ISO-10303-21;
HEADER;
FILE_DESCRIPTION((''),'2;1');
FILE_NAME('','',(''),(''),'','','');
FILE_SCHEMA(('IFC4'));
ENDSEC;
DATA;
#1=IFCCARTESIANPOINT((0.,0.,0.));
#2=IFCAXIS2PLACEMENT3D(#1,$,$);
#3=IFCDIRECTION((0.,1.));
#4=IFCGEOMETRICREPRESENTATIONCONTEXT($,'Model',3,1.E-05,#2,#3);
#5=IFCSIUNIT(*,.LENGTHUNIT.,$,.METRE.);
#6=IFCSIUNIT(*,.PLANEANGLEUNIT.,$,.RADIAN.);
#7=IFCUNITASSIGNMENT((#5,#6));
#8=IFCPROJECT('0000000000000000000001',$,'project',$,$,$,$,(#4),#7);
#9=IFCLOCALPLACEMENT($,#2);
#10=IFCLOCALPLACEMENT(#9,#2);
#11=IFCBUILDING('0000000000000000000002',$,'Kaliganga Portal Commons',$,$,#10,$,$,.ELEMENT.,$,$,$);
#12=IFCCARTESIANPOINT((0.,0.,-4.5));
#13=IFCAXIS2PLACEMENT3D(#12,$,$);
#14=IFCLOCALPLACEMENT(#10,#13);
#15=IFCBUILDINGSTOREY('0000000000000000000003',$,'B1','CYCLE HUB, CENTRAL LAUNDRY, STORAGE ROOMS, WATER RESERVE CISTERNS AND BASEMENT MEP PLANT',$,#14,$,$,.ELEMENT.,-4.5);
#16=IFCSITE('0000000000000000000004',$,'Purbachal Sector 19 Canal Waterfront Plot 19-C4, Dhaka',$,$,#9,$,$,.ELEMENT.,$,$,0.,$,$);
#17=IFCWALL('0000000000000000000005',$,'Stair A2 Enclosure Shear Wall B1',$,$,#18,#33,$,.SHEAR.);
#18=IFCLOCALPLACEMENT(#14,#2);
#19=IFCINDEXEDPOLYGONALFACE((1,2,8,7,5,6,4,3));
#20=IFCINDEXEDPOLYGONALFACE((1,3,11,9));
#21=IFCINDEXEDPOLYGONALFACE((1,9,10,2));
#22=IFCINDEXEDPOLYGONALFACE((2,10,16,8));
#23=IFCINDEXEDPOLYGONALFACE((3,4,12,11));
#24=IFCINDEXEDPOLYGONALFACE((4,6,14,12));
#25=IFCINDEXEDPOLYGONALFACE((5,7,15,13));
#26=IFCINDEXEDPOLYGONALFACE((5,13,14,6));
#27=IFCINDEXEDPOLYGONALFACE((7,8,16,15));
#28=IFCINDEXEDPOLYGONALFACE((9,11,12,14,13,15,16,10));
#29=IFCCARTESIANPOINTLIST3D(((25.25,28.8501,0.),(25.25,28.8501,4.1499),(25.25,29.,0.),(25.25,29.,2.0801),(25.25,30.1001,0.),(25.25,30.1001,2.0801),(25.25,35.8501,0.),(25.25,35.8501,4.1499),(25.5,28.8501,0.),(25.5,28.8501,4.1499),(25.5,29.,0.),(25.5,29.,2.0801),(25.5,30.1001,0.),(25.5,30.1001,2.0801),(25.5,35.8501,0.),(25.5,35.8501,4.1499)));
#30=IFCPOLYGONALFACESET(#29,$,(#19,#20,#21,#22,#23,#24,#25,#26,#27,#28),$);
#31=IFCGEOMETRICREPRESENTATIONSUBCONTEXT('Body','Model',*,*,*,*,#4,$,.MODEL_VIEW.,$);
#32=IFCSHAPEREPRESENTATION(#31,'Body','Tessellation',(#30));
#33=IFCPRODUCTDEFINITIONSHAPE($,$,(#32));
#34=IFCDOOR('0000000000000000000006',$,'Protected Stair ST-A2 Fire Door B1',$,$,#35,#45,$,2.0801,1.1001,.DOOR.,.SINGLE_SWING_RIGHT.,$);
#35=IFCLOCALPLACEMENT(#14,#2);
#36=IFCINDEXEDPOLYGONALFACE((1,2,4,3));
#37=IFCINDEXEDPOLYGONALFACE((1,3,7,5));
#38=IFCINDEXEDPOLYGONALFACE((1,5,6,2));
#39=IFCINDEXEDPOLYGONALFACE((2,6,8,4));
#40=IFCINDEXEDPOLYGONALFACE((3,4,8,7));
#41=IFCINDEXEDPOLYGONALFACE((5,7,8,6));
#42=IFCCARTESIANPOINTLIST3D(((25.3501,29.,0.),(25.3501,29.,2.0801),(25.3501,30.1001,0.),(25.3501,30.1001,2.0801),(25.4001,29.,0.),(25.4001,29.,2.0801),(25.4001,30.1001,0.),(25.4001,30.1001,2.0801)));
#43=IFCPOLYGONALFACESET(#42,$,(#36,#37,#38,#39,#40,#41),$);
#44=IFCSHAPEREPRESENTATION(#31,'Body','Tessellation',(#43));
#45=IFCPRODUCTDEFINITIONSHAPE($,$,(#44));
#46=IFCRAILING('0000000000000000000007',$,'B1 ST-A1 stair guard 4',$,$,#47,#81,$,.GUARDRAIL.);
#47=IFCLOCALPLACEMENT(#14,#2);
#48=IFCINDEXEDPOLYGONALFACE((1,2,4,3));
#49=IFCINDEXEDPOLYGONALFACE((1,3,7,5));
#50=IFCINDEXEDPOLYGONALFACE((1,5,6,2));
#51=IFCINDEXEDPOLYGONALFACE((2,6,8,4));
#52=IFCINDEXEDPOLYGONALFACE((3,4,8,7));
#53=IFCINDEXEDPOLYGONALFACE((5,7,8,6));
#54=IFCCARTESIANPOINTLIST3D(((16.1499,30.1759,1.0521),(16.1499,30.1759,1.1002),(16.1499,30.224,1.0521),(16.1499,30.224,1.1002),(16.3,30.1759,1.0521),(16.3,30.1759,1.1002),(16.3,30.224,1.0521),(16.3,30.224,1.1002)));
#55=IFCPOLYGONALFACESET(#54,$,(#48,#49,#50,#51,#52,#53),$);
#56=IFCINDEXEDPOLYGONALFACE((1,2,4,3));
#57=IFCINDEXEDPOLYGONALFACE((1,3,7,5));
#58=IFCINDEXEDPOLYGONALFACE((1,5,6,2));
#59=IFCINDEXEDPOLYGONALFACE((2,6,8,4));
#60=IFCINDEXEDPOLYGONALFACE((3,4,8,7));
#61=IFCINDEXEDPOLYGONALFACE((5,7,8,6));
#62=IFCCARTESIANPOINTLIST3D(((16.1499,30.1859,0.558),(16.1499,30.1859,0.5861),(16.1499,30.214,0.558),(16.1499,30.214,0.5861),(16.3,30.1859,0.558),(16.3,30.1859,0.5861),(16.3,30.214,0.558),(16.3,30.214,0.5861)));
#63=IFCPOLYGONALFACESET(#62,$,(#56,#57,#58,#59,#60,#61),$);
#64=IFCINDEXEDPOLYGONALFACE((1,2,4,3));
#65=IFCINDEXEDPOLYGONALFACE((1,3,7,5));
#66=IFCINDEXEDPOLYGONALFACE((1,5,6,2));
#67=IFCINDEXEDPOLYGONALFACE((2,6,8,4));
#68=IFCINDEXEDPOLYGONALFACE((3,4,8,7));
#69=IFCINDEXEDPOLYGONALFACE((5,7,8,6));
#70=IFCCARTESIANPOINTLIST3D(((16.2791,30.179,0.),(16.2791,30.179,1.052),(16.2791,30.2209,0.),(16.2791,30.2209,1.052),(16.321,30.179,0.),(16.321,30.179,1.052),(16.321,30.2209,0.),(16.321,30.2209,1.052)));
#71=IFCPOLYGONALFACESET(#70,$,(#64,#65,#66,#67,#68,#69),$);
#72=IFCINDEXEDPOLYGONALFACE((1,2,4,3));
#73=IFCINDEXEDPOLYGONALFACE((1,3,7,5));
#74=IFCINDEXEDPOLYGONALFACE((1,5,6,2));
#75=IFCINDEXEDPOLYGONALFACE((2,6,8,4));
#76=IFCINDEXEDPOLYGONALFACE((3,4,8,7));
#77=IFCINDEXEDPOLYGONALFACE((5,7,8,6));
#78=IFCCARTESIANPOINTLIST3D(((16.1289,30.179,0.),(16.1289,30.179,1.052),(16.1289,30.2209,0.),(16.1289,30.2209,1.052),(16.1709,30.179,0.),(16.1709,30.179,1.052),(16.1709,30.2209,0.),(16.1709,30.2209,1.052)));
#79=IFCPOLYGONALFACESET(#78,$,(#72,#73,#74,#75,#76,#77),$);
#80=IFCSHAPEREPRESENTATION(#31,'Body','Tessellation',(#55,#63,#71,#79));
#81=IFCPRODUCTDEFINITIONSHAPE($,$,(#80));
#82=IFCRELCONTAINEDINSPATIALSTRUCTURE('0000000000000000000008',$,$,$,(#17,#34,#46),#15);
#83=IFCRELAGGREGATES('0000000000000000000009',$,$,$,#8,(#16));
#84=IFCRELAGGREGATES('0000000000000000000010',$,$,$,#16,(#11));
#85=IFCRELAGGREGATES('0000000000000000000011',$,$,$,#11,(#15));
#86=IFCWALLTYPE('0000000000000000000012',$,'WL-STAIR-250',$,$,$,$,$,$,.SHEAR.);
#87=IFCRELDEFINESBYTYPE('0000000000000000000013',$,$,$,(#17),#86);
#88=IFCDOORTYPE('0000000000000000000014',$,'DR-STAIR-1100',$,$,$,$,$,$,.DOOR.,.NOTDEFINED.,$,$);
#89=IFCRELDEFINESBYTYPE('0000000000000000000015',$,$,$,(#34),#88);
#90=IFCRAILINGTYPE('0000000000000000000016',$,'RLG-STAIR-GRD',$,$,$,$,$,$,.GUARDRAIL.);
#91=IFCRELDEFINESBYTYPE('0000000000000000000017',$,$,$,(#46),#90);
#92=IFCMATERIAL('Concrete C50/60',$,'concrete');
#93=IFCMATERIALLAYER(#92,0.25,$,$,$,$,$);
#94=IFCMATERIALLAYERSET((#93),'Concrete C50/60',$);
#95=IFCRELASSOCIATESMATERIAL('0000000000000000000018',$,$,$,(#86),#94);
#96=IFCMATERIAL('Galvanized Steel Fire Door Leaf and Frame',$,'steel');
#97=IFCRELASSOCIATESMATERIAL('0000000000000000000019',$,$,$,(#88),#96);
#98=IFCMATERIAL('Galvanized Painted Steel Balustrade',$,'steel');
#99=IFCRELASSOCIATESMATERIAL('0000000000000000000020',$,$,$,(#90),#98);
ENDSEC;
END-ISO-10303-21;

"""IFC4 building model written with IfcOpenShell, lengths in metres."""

from ifc_helpers import new_model, si_unit, direction, frame, frame_2d, origin, origin_2d, place, context, subcontext, project, spatial, rectangle, extrude, material, layer, layer_set, type_object, element, fill, save


model = new_model("IFC4")

# Units and contexts
model_context = context("Model", 3, precision=1e-05, world=origin(), true_north=direction((0.0, 1.0)))
body_context = subcontext(model_context, "Body", "Model", "MODEL_VIEW")
ifc_project = project(units=[si_unit("LENGTHUNIT", "METRE"), si_unit("PLANEANGLEUNIT", "RADIAN")], contexts=[model_context])

# Site, building, storey
site_placement = place(None, origin())
site = spatial("IfcSite", under=ifc_project, at=site_placement, Name="Purbachal Sector 19 Canal Waterfront Plot 19-C4, Dhaka", CompositionType="ELEMENT", RefElevation=0.0)
building_placement = place(site_placement, origin())
building = spatial("IfcBuilding", under=site, at=building_placement, Name="Kaliganga Portal Commons", CompositionType="ELEMENT")
storey_placement = place(building_placement, frame((0.0, 0.0, -4.5)))
storey = spatial("IfcBuildingStorey", under=building, at=storey_placement, Name="B1", Description="CYCLE HUB, CENTRAL LAUNDRY, STORAGE ROOMS, WATER RESERVE CISTERNS AND BASEMENT MEP PLANT", CompositionType="ELEMENT", Elevation=-4.5)

# Wall, opening, door
ifc_material_1 = material(Name="Concrete C50/60", Category="concrete")
ifc_layer_1 = layer(ifc_material_1, 0.25)
ifc_layer_set_1 = layer_set([ifc_layer_1], Name="Concrete C50/60")
wall_type_1 = type_object("IfcWallType", Name="WL-STAIR-250", PredefinedType="SHEAR", material=ifc_layer_set_1)
ifc_material_2 = material(Name="Galvanized Steel Fire Door Leaf and Frame", Category="steel")
door_type_1 = type_object("IfcDoorType", Name="DR-STAIR-1100", OperationType="NOTDEFINED", PredefinedType="DOOR", material=ifc_material_2)
wall_1_placement = place(storey_placement, frame((25.375, 28.8501, 0.0), z_axis=(0.0, 0.0, 1.0), x_axis=(0.0, 1.0, 0.0)))
wall_1 = element("IfcWall", 1, at=wall_1_placement, inside=storey, type_object=wall_type_1, Name="Stair A2 Enclosure Shear Wall B1", PredefinedType="SHEAR", context=body_context, shape_type="SweptSolid", body=[
    extrude(rectangle(XDim=7.0, YDim=0.25, at=frame_2d((3.5, 0.0))), origin(), (0.0, 0.0, 1.0), 4.1499),
])
opening_1_placement = place(wall_1_placement, frame((0.1499, 0.0, 0.0)))
opening_1 = element("IfcOpeningElement", 2, at=opening_1_placement, cuts=wall_1, PredefinedType="OPENING", context=body_context, shape_type="SweptSolid", body=[
    extrude(rectangle(XDim=1.1001, YDim=2.0801, at=frame_2d((0.55, 1.04))), frame((0.0, 0.135, 0.0), z_axis=(0.0, -1.0, 0.0), x_axis=(1.0, 0.0, 0.0)), (0.0, 0.0, 1.0), 0.27),
])
door_1_placement = place(opening_1_placement, origin())
door_1 = element("IfcDoor", 3, at=door_1_placement, inside=storey, type_object=door_type_1, Name="Protected Stair ST-A2 Fire Door B1", OperationType="SINGLE_SWING_RIGHT", OverallHeight=2.0801, OverallWidth=1.1001, PredefinedType="DOOR", context=body_context, shape_type="SweptSolid", body=[
    extrude(rectangle(XDim=1.1001, YDim=2.0801, at=frame_2d((0.55, 1.04))), frame((0.0, 0.0249, 0.0), z_axis=(0.0, -1.0, 0.0), x_axis=(1.0, 0.0, 0.0)), (0.0, 0.0, 1.0), 0.05),
])
fill(opening_1, door_1)

# Railing
ifc_material_3 = material(Name="Galvanized Painted Steel Balustrade", Category="steel")
railing_type = type_object("IfcRailingType", Name="RLG-STAIR-GRD", PredefinedType="GUARDRAIL", material=ifc_material_3)
railing_placement = place(storey_placement, frame((16.3, 30.2, 0.0)))
element("IfcRailing", 4, at=railing_placement, inside=storey, type_object=railing_type, Name="B1 ST-A1 stair guard 4", PredefinedType="GUARDRAIL", context=body_context, shape_type="SweptSolid", body=[
    extrude(rectangle(XDim=0.0481, YDim=0.0481, at=origin_2d()), frame((0.0, 0.0, 1.0762), z_axis=(-1.0, 0.0, 0.0), x_axis=(0.0, -1.0, 0.0)), (0.0, 0.0, 1.0), 0.1501),
    extrude(rectangle(XDim=0.0281, YDim=0.0281, at=origin_2d()), frame((0.0, 0.0, 0.572), z_axis=(-1.0, 0.0, 0.0), x_axis=(0.0, -1.0, 0.0)), (0.0, 0.0, 1.0), 0.1501),
    extrude(rectangle(XDim=0.042, YDim=0.042, at=origin_2d()), origin(), (0.0, 0.0, 1.0), 1.052),
    extrude(rectangle(XDim=0.042, YDim=0.042, at=origin_2d()), frame((-0.1501, 0.0, 0.0)), (0.0, 0.0, 1.0), 1.052),
])

save(model, "model.ifc")
